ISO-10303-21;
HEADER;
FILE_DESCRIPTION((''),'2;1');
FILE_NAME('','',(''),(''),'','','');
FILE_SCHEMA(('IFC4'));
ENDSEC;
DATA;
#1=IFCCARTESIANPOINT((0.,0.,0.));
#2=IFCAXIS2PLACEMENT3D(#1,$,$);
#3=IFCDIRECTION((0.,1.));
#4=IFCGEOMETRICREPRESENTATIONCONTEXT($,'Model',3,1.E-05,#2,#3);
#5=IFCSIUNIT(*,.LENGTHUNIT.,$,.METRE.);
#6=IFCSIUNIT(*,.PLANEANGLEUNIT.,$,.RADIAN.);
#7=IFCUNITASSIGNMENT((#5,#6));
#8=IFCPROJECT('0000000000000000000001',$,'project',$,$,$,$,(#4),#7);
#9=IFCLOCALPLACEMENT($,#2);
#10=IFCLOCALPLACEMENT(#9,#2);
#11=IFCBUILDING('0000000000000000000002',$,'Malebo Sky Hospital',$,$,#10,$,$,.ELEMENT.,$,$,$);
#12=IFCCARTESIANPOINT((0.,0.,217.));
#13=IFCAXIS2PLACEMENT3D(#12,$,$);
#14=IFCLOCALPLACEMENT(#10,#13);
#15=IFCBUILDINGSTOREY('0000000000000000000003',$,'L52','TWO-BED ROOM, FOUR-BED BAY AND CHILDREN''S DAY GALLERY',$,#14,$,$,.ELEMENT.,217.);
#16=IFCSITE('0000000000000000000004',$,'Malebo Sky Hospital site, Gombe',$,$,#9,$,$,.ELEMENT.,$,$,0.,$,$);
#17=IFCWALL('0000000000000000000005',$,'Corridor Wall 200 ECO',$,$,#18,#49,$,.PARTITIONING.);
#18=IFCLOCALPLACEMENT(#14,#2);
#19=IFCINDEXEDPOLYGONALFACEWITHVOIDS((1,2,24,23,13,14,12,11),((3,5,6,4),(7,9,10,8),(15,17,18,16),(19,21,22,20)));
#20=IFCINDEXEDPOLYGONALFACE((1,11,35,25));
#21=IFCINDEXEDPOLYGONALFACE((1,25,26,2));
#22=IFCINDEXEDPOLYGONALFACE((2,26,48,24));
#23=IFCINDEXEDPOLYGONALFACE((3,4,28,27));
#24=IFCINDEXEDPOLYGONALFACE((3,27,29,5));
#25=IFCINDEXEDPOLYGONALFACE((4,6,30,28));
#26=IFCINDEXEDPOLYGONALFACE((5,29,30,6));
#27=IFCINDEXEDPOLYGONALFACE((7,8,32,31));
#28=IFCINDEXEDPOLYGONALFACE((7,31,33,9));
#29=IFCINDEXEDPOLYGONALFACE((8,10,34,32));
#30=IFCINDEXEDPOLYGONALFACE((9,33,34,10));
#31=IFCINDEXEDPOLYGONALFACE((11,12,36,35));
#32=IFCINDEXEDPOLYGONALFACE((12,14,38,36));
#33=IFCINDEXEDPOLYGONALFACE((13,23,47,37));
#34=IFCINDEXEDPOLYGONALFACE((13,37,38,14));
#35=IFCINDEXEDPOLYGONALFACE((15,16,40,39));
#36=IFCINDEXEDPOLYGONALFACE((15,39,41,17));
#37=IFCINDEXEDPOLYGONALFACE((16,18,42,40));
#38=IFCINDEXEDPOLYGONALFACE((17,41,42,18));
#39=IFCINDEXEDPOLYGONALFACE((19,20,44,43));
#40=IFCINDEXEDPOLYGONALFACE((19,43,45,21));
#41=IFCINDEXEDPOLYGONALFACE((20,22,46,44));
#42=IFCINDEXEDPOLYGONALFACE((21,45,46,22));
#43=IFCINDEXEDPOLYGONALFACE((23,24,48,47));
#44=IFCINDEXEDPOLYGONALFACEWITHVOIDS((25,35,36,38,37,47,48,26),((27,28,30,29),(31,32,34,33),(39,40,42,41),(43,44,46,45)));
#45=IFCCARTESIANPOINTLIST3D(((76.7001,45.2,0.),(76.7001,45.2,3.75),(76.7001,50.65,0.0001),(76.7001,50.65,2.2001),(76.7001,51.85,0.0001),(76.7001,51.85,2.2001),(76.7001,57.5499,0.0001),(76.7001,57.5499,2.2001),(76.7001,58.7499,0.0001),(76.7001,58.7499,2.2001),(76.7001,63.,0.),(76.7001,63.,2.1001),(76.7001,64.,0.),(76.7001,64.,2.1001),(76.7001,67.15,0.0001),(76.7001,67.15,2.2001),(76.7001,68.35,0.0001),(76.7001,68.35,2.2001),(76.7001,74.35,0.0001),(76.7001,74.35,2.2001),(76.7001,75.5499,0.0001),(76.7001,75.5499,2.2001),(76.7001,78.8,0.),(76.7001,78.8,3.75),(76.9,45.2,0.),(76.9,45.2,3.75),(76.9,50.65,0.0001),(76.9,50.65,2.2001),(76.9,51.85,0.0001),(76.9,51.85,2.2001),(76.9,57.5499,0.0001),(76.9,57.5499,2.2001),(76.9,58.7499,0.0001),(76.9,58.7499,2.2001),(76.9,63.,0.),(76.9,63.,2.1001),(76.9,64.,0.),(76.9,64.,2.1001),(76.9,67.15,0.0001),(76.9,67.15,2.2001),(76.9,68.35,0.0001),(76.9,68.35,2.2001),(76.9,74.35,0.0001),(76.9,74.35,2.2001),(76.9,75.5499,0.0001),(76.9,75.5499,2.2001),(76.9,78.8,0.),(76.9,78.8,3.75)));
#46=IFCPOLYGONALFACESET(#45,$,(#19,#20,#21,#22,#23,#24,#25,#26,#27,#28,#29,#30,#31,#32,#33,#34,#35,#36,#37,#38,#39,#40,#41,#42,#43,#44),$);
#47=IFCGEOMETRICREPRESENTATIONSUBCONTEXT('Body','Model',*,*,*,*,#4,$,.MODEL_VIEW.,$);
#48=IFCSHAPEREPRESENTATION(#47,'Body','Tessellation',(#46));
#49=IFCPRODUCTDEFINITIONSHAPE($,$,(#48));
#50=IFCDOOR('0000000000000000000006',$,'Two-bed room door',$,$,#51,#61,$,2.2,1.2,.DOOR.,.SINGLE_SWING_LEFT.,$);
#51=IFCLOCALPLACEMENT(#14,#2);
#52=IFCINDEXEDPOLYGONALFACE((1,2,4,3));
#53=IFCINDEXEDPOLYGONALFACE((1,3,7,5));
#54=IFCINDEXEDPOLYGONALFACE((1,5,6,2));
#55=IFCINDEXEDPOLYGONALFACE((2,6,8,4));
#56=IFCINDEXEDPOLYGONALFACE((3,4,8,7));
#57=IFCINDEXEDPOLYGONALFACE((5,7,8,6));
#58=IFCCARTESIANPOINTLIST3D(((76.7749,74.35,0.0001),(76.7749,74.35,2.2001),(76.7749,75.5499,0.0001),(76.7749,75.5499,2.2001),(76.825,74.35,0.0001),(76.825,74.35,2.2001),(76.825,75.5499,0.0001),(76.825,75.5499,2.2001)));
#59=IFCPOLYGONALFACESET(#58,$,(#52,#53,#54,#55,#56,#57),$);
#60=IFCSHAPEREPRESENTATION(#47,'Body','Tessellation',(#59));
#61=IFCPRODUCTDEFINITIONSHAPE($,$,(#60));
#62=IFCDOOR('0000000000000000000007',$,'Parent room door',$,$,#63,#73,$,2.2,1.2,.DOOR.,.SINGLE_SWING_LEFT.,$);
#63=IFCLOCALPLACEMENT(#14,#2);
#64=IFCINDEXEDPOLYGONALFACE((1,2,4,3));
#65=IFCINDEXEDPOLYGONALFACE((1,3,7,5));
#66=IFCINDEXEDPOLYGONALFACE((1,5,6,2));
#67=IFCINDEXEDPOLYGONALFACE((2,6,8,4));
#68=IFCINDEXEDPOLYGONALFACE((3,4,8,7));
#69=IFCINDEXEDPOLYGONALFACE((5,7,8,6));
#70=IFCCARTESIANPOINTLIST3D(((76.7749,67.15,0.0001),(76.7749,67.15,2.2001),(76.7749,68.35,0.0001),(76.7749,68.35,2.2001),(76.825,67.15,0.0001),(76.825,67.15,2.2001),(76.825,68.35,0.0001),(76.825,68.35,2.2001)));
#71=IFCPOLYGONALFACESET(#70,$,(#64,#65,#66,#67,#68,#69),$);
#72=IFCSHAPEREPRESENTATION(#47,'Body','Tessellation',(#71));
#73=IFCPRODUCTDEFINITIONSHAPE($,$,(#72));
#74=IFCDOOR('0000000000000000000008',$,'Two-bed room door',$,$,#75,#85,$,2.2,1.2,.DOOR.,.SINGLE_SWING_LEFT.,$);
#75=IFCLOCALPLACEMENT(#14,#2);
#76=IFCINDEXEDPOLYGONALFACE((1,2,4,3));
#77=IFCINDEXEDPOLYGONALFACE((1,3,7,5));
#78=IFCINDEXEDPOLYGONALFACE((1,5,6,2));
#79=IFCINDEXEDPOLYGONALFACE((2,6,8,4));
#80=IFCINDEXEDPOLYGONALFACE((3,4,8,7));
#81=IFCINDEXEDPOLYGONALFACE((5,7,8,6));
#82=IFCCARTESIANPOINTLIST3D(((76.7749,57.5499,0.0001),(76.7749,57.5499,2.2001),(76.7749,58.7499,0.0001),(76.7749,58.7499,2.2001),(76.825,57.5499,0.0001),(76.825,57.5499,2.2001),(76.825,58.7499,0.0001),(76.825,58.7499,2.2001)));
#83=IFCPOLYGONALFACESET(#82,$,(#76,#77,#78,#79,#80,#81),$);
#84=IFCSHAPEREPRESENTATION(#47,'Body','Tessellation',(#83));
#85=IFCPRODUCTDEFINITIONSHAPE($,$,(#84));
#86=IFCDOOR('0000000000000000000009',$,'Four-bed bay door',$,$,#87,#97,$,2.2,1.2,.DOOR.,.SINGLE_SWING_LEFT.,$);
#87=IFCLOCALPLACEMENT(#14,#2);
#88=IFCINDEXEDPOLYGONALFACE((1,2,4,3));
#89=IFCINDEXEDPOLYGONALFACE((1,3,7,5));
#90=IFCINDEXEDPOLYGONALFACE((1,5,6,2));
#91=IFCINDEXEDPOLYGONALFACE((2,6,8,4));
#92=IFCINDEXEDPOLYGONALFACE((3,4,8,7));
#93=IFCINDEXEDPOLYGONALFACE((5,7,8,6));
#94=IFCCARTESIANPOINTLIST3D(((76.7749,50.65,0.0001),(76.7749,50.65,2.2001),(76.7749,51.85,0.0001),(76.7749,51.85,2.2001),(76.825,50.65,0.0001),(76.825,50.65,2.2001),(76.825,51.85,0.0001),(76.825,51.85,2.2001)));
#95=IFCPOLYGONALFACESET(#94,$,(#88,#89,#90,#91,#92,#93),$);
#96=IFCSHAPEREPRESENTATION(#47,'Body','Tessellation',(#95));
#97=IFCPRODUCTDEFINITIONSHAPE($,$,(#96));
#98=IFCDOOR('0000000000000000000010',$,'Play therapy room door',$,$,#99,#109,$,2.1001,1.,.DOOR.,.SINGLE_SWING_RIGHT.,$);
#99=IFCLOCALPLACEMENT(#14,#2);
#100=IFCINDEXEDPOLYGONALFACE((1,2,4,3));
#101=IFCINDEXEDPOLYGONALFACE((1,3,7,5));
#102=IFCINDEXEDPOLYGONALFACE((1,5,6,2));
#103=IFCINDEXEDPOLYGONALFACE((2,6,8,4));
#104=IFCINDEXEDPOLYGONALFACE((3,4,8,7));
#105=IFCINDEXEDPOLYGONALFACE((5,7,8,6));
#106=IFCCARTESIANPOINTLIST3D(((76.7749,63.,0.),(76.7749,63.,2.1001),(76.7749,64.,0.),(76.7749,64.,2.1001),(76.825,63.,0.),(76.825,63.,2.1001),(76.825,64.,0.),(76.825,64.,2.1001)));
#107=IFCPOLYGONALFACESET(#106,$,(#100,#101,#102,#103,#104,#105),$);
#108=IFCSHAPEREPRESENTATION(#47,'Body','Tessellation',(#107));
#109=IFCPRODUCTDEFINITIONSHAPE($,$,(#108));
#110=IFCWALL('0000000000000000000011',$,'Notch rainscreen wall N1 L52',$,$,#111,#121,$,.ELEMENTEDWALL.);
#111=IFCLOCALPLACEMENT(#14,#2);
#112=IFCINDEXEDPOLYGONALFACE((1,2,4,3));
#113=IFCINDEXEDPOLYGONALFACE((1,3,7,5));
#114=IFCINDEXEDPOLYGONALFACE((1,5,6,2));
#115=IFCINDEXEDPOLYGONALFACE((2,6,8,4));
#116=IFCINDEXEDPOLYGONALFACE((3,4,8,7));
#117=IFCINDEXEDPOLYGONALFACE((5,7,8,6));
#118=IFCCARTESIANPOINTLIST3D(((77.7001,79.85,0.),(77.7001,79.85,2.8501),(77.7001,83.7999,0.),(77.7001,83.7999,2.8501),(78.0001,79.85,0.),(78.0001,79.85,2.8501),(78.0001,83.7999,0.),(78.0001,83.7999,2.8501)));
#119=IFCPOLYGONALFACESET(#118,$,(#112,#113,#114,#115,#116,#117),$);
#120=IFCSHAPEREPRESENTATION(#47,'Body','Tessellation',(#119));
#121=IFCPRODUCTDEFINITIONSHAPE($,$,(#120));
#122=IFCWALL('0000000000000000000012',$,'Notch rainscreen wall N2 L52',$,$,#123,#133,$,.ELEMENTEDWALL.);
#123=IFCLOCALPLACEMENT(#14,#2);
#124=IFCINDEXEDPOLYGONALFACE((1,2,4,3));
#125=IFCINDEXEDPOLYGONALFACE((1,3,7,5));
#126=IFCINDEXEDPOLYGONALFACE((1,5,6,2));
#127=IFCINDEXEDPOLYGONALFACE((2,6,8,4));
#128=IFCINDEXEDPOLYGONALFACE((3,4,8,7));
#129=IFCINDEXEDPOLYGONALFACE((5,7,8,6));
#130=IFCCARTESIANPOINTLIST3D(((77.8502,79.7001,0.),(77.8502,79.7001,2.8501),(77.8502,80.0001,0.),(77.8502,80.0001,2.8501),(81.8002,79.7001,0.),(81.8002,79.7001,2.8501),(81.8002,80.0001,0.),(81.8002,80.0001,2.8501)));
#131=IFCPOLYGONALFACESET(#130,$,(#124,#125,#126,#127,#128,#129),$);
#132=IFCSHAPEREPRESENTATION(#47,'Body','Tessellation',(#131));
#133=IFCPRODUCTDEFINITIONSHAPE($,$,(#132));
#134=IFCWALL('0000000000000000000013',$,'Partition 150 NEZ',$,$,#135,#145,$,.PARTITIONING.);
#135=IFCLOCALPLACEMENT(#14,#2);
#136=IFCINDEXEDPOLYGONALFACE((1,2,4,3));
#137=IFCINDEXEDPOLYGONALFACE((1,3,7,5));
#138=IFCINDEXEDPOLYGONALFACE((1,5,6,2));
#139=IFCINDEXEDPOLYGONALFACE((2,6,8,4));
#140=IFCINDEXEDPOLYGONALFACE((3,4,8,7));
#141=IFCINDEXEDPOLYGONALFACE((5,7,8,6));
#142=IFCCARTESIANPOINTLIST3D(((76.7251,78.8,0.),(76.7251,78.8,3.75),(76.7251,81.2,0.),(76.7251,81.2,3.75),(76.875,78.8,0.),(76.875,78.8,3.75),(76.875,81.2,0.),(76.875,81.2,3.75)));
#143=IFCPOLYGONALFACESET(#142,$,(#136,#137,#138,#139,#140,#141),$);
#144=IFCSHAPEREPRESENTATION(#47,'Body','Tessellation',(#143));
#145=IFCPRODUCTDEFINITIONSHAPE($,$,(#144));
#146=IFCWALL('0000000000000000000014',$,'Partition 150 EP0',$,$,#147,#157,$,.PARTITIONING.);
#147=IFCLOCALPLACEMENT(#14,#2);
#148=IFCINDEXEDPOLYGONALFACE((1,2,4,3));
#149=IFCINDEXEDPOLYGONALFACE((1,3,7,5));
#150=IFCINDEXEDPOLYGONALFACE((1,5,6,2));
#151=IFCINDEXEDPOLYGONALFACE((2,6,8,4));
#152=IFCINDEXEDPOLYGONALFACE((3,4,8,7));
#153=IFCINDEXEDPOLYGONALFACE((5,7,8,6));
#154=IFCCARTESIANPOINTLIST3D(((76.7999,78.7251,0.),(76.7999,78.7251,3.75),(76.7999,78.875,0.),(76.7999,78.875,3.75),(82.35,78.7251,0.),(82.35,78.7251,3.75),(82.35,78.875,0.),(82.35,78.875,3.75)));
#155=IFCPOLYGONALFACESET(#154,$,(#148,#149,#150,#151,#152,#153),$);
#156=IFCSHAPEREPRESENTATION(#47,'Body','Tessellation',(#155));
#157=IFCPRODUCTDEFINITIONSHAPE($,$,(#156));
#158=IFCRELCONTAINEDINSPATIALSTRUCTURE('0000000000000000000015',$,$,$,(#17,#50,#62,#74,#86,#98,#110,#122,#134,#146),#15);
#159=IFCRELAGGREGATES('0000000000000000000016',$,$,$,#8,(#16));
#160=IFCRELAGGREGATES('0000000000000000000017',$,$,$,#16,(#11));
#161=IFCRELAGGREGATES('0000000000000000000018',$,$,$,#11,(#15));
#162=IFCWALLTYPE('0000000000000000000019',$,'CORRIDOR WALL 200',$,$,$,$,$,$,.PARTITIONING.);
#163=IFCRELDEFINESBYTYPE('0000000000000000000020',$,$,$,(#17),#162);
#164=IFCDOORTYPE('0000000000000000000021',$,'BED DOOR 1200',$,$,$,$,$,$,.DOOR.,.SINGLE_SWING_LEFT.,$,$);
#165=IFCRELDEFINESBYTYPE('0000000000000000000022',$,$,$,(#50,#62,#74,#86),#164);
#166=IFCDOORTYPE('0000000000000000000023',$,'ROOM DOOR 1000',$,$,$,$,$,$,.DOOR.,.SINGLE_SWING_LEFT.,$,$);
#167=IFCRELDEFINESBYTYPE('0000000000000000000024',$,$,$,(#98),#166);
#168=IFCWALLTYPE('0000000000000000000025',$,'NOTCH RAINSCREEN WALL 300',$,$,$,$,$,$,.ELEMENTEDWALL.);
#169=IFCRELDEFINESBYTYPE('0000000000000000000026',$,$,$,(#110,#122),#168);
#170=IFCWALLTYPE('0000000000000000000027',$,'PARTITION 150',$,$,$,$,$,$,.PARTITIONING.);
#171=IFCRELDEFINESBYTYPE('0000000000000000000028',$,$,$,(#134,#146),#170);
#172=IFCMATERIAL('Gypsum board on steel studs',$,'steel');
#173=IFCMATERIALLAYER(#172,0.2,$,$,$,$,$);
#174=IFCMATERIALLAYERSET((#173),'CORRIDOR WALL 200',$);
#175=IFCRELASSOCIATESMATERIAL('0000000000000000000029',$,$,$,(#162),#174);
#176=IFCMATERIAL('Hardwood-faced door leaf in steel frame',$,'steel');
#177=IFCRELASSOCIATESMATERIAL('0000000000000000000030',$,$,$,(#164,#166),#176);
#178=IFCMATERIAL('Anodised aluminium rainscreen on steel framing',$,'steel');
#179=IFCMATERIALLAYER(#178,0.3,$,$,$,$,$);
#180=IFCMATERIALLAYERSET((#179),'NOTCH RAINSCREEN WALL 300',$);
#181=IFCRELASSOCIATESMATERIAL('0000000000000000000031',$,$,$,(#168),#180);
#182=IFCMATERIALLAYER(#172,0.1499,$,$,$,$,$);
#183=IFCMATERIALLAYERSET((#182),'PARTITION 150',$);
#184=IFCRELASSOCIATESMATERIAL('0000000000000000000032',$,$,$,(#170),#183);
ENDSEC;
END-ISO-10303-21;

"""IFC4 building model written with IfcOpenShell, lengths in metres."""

from ifc_helpers import new_model, si_unit, direction, frame, frame_2d, origin, place, context, subcontext, project, spatial, rectangle, extrude, material, layer, layer_set, type_object, element, fill, save


model = new_model("IFC4")

# Units and contexts
model_context = context("Model", 3, precision=1e-05, world=origin(), true_north=direction((0.0, 1.0)))
body_context = subcontext(model_context, "Body", "Model", "MODEL_VIEW")
ifc_project = project(units=[si_unit("LENGTHUNIT", "METRE"), si_unit("PLANEANGLEUNIT", "RADIAN")], contexts=[model_context])

# Site, building, storey
site_placement = place(None, origin())
site = spatial("IfcSite", under=ifc_project, at=site_placement, Name="Malebo Sky Hospital site, Gombe", CompositionType="ELEMENT", RefElevation=0.0)
building_placement = place(site_placement, origin())
building = spatial("IfcBuilding", under=site, at=building_placement, Name="Malebo Sky Hospital", CompositionType="ELEMENT")
storey_placement = place(building_placement, frame((0.0, 0.0, 217.0)))
storey = spatial("IfcBuildingStorey", under=building, at=storey_placement, Name="L52", Description="TWO-BED ROOM, FOUR-BED BAY AND CHILDREN'S DAY GALLERY", CompositionType="ELEMENT", Elevation=217.0)

# Wall, openings, doors
ifc_material_1 = material(Name="Gypsum board on steel studs", Category="steel")
ifc_layer_1 = layer(ifc_material_1, 0.2)
ifc_layer_set_1 = layer_set([ifc_layer_1], Name="CORRIDOR WALL 200")
wall_type_1 = type_object("IfcWallType", Name="CORRIDOR WALL 200", PredefinedType="PARTITIONING", material=ifc_layer_set_1)
wall_1_placement = place(storey_placement, frame((76.8, 78.8, 0.0), z_axis=(0.0, 0.0, 1.0), x_axis=(0.0, -1.0, 0.0)))
wall_1 = element("IfcWall", 1, at=wall_1_placement, inside=storey, type_object=wall_type_1, Name="Corridor Wall 200 ECO", PredefinedType="PARTITIONING", context=body_context, shape_type="SweptSolid", body=[
    extrude(rectangle(XDim=33.6001, YDim=0.2, at=frame_2d((16.8, 0.0))), origin(), (0.0, 0.0, 1.0), 3.75),
])
opening_1_placement = place(wall_1_placement, frame((3.25, 0.0, 0.0)))
opening_1 = element("IfcOpeningElement", 2, at=opening_1_placement, cuts=wall_1, PredefinedType="OPENING", context=body_context, shape_type="SweptSolid", body=[
    extrude(rectangle(XDim=1.2, YDim=2.2, at=frame_2d((0.6001, 1.1001))), frame((0.0, 0.1099, 0.0), z_axis=(0.0, -1.0, 0.0), x_axis=(1.0, 0.0, 0.0)), (0.0, 0.0, 1.0), 0.22),
])
opening_2_placement = place(wall_1_placement, frame((10.45, 0.0, 0.0)))
opening_2 = element("IfcOpeningElement", 3, at=opening_2_placement, cuts=wall_1, PredefinedType="OPENING", context=body_context, shape_type="SweptSolid", body=[
    extrude(rectangle(XDim=1.2, YDim=2.2, at=frame_2d((0.6001, 1.1001))), frame((0.0, 0.1099, 0.0), z_axis=(0.0, -1.0, 0.0), x_axis=(1.0, 0.0, 0.0)), (0.0, 0.0, 1.0), 0.22),
])
opening_3_placement = place(wall_1_placement, frame((14.8, 0.0, 0.0)))
opening_3 = element("IfcOpeningElement", 4, at=opening_3_placement, cuts=wall_1, PredefinedType="OPENING", context=body_context, shape_type="SweptSolid", body=[
    extrude(rectangle(XDim=1.0, YDim=2.1001, at=frame_2d((0.5, 1.05))), frame((0.0, 0.1099, 0.0), z_axis=(0.0, -1.0, 0.0), x_axis=(1.0, 0.0, 0.0)), (0.0, 0.0, 1.0), 0.22),
])
opening_4_placement = place(wall_1_placement, frame((20.05, 0.0, 0.0)))
opening_4 = element("IfcOpeningElement", 5, at=opening_4_placement, cuts=wall_1, PredefinedType="OPENING", context=body_context, shape_type="SweptSolid", body=[
    extrude(rectangle(XDim=1.2, YDim=2.2, at=frame_2d((0.6001, 1.1001))), frame((0.0, 0.1099, 0.0), z_axis=(0.0, -1.0, 0.0), x_axis=(1.0, 0.0, 0.0)), (0.0, 0.0, 1.0), 0.22),
])
opening_5_placement = place(wall_1_placement, frame((26.95, 0.0, 0.0)))
opening_5 = element("IfcOpeningElement", 6, at=opening_5_placement, cuts=wall_1, PredefinedType="OPENING", context=body_context, shape_type="SweptSolid", body=[
    extrude(rectangle(XDim=1.2, YDim=2.2, at=frame_2d((0.6001, 1.1001))), frame((0.0, 0.1099, 0.0), z_axis=(0.0, -1.0, 0.0), x_axis=(1.0, 0.0, 0.0)), (0.0, 0.0, 1.0), 0.22),
])
ifc_material_2 = material(Name="Hardwood-faced door leaf in steel frame", Category="steel")
door_type_1 = type_object("IfcDoorType", Name="BED DOOR 1200", OperationType="SINGLE_SWING_LEFT", PredefinedType="DOOR", material=ifc_material_2)
door_1_placement = place(opening_1_placement, origin())
door_1 = element("IfcDoor", 7, at=door_1_placement, inside=storey, type_object=door_type_1, Name="Two-bed room door", OperationType="SINGLE_SWING_LEFT", OverallHeight=2.2, OverallWidth=1.2, PredefinedType="DOOR", context=body_context, shape_type="SweptSolid", body=[
    extrude(rectangle(XDim=1.2, YDim=2.2, at=frame_2d((0.6001, 1.1001))), frame((0.0, 0.0249, 0.0), z_axis=(0.0, -1.0, 0.0), x_axis=(1.0, 0.0, 0.0)), (0.0, 0.0, 1.0), 0.05),
])
fill(opening_1, door_1)
door_2_placement = place(opening_2_placement, origin())
door_2 = element("IfcDoor", 8, at=door_2_placement, inside=storey, type_object=door_type_1, Name="Parent room door", OperationType="SINGLE_SWING_LEFT", OverallHeight=2.2, OverallWidth=1.2, PredefinedType="DOOR", context=body_context, shape_type="SweptSolid", body=[
    extrude(rectangle(XDim=1.2, YDim=2.2, at=frame_2d((0.6001, 1.1001))), frame((0.0, 0.0249, 0.0), z_axis=(0.0, -1.0, 0.0), x_axis=(1.0, 0.0, 0.0)), (0.0, 0.0, 1.0), 0.05),
])
fill(opening_2, door_2)
door_3_placement = place(opening_4_placement, origin())
door_3 = element("IfcDoor", 9, at=door_3_placement, inside=storey, type_object=door_type_1, Name="Two-bed room door", OperationType="SINGLE_SWING_LEFT", OverallHeight=2.2, OverallWidth=1.2, PredefinedType="DOOR", context=body_context, shape_type="SweptSolid", body=[
    extrude(rectangle(XDim=1.2, YDim=2.2, at=frame_2d((0.6001, 1.1001))), frame((0.0, 0.0249, 0.0), z_axis=(0.0, -1.0, 0.0), x_axis=(1.0, 0.0, 0.0)), (0.0, 0.0, 1.0), 0.05),
])
fill(opening_4, door_3)
door_4_placement = place(opening_5_placement, origin())
door_4 = element("IfcDoor", 10, at=door_4_placement, inside=storey, type_object=door_type_1, Name="Four-bed bay door", OperationType="SINGLE_SWING_LEFT", OverallHeight=2.2, OverallWidth=1.2, PredefinedType="DOOR", context=body_context, shape_type="SweptSolid", body=[
    extrude(rectangle(XDim=1.2, YDim=2.2, at=frame_2d((0.6001, 1.1001))), frame((0.0, 0.0249, 0.0), z_axis=(0.0, -1.0, 0.0), x_axis=(1.0, 0.0, 0.0)), (0.0, 0.0, 1.0), 0.05),
])
fill(opening_5, door_4)
door_type_2 = type_object("IfcDoorType", Name="ROOM DOOR 1000", OperationType="SINGLE_SWING_LEFT", PredefinedType="DOOR", material=ifc_material_2)
door_5_placement = place(opening_3_placement, origin())
door_5 = element("IfcDoor", 11, at=door_5_placement, inside=storey, type_object=door_type_2, Name="Play therapy room door", OperationType="SINGLE_SWING_RIGHT", OverallHeight=2.1001, OverallWidth=1.0, PredefinedType="DOOR", context=body_context, shape_type="SweptSolid", body=[
    extrude(rectangle(XDim=1.0, YDim=2.1001, at=frame_2d((0.5, 1.05))), frame((0.0, 0.0249, 0.0), z_axis=(0.0, -1.0, 0.0), x_axis=(1.0, 0.0, 0.0)), (0.0, 0.0, 1.0), 0.05),
])
fill(opening_3, door_5)

# Walls
ifc_material_3 = material(Name="Anodised aluminium rainscreen on steel framing", Category="steel")
ifc_layer_2 = layer(ifc_material_3, 0.3)
ifc_layer_set_2 = layer_set([ifc_layer_2], Name="NOTCH RAINSCREEN WALL 300")
wall_type_2 = type_object("IfcWallType", Name="NOTCH RAINSCREEN WALL 300", PredefinedType="ELEMENTEDWALL", material=ifc_layer_set_2)
for number, where, z_axis, x_axis, name in (
    (12, (77.8501, 83.8, 0.0), (0.0, 0.0, 1.0), (0.0, -1.0, 0.0), "Notch rainscreen wall N1 L52"),
    (13, (77.8501, 79.8501, 0.0), (0.0, 0.0, 1.0), (1.0, 0.0, 0.0), "Notch rainscreen wall N2 L52"),
):
    element("IfcWall", number, at=place(storey_placement, frame(where, z_axis=z_axis, x_axis=x_axis)), inside=storey, type_object=wall_type_2, Name=name, PredefinedType="ELEMENTEDWALL", context=body_context, shape_type="SweptSolid", body=[
        extrude(rectangle(XDim=3.95, YDim=0.3, at=frame_2d((1.9751, 0.0))), origin(), (0.0, 0.0, 1.0), 2.8501),
    ])
ifc_layer_3 = layer(ifc_material_1, 0.1499)
ifc_layer_set_3 = layer_set([ifc_layer_3], Name="PARTITION 150")
wall_type_3 = type_object("IfcWallType", Name="PARTITION 150", PredefinedType="PARTITIONING", material=ifc_layer_set_3)
wall_2_placement = place(storey_placement, frame((76.8, 78.8, 0.0), z_axis=(0.0, 0.0, 1.0), x_axis=(0.0, 1.0, 0.0)))
element("IfcWall", 14, at=wall_2_placement, inside=storey, type_object=wall_type_3, Name="Partition 150 NEZ", PredefinedType="PARTITIONING", context=body_context, shape_type="SweptSolid", body=[
    extrude(rectangle(XDim=2.3999, YDim=0.1499, at=frame_2d((1.2, 0.0))), origin(), (0.0, 0.0, 1.0), 3.75),
])
wall_3_placement = place(storey_placement, frame((76.8, 78.8, 0.0), z_axis=(0.0, 0.0, 1.0), x_axis=(1.0, 0.0, 0.0)))
element("IfcWall", 15, at=wall_3_placement, inside=storey, type_object=wall_type_3, Name="Partition 150 EP0", PredefinedType="PARTITIONING", context=body_context, shape_type="SweptSolid", body=[
    extrude(rectangle(XDim=5.55, YDim=0.1499, at=frame_2d((2.7749, 0.0))), origin(), (0.0, 0.0, 1.0), 3.75),
])

save(model, "model.ifc")
